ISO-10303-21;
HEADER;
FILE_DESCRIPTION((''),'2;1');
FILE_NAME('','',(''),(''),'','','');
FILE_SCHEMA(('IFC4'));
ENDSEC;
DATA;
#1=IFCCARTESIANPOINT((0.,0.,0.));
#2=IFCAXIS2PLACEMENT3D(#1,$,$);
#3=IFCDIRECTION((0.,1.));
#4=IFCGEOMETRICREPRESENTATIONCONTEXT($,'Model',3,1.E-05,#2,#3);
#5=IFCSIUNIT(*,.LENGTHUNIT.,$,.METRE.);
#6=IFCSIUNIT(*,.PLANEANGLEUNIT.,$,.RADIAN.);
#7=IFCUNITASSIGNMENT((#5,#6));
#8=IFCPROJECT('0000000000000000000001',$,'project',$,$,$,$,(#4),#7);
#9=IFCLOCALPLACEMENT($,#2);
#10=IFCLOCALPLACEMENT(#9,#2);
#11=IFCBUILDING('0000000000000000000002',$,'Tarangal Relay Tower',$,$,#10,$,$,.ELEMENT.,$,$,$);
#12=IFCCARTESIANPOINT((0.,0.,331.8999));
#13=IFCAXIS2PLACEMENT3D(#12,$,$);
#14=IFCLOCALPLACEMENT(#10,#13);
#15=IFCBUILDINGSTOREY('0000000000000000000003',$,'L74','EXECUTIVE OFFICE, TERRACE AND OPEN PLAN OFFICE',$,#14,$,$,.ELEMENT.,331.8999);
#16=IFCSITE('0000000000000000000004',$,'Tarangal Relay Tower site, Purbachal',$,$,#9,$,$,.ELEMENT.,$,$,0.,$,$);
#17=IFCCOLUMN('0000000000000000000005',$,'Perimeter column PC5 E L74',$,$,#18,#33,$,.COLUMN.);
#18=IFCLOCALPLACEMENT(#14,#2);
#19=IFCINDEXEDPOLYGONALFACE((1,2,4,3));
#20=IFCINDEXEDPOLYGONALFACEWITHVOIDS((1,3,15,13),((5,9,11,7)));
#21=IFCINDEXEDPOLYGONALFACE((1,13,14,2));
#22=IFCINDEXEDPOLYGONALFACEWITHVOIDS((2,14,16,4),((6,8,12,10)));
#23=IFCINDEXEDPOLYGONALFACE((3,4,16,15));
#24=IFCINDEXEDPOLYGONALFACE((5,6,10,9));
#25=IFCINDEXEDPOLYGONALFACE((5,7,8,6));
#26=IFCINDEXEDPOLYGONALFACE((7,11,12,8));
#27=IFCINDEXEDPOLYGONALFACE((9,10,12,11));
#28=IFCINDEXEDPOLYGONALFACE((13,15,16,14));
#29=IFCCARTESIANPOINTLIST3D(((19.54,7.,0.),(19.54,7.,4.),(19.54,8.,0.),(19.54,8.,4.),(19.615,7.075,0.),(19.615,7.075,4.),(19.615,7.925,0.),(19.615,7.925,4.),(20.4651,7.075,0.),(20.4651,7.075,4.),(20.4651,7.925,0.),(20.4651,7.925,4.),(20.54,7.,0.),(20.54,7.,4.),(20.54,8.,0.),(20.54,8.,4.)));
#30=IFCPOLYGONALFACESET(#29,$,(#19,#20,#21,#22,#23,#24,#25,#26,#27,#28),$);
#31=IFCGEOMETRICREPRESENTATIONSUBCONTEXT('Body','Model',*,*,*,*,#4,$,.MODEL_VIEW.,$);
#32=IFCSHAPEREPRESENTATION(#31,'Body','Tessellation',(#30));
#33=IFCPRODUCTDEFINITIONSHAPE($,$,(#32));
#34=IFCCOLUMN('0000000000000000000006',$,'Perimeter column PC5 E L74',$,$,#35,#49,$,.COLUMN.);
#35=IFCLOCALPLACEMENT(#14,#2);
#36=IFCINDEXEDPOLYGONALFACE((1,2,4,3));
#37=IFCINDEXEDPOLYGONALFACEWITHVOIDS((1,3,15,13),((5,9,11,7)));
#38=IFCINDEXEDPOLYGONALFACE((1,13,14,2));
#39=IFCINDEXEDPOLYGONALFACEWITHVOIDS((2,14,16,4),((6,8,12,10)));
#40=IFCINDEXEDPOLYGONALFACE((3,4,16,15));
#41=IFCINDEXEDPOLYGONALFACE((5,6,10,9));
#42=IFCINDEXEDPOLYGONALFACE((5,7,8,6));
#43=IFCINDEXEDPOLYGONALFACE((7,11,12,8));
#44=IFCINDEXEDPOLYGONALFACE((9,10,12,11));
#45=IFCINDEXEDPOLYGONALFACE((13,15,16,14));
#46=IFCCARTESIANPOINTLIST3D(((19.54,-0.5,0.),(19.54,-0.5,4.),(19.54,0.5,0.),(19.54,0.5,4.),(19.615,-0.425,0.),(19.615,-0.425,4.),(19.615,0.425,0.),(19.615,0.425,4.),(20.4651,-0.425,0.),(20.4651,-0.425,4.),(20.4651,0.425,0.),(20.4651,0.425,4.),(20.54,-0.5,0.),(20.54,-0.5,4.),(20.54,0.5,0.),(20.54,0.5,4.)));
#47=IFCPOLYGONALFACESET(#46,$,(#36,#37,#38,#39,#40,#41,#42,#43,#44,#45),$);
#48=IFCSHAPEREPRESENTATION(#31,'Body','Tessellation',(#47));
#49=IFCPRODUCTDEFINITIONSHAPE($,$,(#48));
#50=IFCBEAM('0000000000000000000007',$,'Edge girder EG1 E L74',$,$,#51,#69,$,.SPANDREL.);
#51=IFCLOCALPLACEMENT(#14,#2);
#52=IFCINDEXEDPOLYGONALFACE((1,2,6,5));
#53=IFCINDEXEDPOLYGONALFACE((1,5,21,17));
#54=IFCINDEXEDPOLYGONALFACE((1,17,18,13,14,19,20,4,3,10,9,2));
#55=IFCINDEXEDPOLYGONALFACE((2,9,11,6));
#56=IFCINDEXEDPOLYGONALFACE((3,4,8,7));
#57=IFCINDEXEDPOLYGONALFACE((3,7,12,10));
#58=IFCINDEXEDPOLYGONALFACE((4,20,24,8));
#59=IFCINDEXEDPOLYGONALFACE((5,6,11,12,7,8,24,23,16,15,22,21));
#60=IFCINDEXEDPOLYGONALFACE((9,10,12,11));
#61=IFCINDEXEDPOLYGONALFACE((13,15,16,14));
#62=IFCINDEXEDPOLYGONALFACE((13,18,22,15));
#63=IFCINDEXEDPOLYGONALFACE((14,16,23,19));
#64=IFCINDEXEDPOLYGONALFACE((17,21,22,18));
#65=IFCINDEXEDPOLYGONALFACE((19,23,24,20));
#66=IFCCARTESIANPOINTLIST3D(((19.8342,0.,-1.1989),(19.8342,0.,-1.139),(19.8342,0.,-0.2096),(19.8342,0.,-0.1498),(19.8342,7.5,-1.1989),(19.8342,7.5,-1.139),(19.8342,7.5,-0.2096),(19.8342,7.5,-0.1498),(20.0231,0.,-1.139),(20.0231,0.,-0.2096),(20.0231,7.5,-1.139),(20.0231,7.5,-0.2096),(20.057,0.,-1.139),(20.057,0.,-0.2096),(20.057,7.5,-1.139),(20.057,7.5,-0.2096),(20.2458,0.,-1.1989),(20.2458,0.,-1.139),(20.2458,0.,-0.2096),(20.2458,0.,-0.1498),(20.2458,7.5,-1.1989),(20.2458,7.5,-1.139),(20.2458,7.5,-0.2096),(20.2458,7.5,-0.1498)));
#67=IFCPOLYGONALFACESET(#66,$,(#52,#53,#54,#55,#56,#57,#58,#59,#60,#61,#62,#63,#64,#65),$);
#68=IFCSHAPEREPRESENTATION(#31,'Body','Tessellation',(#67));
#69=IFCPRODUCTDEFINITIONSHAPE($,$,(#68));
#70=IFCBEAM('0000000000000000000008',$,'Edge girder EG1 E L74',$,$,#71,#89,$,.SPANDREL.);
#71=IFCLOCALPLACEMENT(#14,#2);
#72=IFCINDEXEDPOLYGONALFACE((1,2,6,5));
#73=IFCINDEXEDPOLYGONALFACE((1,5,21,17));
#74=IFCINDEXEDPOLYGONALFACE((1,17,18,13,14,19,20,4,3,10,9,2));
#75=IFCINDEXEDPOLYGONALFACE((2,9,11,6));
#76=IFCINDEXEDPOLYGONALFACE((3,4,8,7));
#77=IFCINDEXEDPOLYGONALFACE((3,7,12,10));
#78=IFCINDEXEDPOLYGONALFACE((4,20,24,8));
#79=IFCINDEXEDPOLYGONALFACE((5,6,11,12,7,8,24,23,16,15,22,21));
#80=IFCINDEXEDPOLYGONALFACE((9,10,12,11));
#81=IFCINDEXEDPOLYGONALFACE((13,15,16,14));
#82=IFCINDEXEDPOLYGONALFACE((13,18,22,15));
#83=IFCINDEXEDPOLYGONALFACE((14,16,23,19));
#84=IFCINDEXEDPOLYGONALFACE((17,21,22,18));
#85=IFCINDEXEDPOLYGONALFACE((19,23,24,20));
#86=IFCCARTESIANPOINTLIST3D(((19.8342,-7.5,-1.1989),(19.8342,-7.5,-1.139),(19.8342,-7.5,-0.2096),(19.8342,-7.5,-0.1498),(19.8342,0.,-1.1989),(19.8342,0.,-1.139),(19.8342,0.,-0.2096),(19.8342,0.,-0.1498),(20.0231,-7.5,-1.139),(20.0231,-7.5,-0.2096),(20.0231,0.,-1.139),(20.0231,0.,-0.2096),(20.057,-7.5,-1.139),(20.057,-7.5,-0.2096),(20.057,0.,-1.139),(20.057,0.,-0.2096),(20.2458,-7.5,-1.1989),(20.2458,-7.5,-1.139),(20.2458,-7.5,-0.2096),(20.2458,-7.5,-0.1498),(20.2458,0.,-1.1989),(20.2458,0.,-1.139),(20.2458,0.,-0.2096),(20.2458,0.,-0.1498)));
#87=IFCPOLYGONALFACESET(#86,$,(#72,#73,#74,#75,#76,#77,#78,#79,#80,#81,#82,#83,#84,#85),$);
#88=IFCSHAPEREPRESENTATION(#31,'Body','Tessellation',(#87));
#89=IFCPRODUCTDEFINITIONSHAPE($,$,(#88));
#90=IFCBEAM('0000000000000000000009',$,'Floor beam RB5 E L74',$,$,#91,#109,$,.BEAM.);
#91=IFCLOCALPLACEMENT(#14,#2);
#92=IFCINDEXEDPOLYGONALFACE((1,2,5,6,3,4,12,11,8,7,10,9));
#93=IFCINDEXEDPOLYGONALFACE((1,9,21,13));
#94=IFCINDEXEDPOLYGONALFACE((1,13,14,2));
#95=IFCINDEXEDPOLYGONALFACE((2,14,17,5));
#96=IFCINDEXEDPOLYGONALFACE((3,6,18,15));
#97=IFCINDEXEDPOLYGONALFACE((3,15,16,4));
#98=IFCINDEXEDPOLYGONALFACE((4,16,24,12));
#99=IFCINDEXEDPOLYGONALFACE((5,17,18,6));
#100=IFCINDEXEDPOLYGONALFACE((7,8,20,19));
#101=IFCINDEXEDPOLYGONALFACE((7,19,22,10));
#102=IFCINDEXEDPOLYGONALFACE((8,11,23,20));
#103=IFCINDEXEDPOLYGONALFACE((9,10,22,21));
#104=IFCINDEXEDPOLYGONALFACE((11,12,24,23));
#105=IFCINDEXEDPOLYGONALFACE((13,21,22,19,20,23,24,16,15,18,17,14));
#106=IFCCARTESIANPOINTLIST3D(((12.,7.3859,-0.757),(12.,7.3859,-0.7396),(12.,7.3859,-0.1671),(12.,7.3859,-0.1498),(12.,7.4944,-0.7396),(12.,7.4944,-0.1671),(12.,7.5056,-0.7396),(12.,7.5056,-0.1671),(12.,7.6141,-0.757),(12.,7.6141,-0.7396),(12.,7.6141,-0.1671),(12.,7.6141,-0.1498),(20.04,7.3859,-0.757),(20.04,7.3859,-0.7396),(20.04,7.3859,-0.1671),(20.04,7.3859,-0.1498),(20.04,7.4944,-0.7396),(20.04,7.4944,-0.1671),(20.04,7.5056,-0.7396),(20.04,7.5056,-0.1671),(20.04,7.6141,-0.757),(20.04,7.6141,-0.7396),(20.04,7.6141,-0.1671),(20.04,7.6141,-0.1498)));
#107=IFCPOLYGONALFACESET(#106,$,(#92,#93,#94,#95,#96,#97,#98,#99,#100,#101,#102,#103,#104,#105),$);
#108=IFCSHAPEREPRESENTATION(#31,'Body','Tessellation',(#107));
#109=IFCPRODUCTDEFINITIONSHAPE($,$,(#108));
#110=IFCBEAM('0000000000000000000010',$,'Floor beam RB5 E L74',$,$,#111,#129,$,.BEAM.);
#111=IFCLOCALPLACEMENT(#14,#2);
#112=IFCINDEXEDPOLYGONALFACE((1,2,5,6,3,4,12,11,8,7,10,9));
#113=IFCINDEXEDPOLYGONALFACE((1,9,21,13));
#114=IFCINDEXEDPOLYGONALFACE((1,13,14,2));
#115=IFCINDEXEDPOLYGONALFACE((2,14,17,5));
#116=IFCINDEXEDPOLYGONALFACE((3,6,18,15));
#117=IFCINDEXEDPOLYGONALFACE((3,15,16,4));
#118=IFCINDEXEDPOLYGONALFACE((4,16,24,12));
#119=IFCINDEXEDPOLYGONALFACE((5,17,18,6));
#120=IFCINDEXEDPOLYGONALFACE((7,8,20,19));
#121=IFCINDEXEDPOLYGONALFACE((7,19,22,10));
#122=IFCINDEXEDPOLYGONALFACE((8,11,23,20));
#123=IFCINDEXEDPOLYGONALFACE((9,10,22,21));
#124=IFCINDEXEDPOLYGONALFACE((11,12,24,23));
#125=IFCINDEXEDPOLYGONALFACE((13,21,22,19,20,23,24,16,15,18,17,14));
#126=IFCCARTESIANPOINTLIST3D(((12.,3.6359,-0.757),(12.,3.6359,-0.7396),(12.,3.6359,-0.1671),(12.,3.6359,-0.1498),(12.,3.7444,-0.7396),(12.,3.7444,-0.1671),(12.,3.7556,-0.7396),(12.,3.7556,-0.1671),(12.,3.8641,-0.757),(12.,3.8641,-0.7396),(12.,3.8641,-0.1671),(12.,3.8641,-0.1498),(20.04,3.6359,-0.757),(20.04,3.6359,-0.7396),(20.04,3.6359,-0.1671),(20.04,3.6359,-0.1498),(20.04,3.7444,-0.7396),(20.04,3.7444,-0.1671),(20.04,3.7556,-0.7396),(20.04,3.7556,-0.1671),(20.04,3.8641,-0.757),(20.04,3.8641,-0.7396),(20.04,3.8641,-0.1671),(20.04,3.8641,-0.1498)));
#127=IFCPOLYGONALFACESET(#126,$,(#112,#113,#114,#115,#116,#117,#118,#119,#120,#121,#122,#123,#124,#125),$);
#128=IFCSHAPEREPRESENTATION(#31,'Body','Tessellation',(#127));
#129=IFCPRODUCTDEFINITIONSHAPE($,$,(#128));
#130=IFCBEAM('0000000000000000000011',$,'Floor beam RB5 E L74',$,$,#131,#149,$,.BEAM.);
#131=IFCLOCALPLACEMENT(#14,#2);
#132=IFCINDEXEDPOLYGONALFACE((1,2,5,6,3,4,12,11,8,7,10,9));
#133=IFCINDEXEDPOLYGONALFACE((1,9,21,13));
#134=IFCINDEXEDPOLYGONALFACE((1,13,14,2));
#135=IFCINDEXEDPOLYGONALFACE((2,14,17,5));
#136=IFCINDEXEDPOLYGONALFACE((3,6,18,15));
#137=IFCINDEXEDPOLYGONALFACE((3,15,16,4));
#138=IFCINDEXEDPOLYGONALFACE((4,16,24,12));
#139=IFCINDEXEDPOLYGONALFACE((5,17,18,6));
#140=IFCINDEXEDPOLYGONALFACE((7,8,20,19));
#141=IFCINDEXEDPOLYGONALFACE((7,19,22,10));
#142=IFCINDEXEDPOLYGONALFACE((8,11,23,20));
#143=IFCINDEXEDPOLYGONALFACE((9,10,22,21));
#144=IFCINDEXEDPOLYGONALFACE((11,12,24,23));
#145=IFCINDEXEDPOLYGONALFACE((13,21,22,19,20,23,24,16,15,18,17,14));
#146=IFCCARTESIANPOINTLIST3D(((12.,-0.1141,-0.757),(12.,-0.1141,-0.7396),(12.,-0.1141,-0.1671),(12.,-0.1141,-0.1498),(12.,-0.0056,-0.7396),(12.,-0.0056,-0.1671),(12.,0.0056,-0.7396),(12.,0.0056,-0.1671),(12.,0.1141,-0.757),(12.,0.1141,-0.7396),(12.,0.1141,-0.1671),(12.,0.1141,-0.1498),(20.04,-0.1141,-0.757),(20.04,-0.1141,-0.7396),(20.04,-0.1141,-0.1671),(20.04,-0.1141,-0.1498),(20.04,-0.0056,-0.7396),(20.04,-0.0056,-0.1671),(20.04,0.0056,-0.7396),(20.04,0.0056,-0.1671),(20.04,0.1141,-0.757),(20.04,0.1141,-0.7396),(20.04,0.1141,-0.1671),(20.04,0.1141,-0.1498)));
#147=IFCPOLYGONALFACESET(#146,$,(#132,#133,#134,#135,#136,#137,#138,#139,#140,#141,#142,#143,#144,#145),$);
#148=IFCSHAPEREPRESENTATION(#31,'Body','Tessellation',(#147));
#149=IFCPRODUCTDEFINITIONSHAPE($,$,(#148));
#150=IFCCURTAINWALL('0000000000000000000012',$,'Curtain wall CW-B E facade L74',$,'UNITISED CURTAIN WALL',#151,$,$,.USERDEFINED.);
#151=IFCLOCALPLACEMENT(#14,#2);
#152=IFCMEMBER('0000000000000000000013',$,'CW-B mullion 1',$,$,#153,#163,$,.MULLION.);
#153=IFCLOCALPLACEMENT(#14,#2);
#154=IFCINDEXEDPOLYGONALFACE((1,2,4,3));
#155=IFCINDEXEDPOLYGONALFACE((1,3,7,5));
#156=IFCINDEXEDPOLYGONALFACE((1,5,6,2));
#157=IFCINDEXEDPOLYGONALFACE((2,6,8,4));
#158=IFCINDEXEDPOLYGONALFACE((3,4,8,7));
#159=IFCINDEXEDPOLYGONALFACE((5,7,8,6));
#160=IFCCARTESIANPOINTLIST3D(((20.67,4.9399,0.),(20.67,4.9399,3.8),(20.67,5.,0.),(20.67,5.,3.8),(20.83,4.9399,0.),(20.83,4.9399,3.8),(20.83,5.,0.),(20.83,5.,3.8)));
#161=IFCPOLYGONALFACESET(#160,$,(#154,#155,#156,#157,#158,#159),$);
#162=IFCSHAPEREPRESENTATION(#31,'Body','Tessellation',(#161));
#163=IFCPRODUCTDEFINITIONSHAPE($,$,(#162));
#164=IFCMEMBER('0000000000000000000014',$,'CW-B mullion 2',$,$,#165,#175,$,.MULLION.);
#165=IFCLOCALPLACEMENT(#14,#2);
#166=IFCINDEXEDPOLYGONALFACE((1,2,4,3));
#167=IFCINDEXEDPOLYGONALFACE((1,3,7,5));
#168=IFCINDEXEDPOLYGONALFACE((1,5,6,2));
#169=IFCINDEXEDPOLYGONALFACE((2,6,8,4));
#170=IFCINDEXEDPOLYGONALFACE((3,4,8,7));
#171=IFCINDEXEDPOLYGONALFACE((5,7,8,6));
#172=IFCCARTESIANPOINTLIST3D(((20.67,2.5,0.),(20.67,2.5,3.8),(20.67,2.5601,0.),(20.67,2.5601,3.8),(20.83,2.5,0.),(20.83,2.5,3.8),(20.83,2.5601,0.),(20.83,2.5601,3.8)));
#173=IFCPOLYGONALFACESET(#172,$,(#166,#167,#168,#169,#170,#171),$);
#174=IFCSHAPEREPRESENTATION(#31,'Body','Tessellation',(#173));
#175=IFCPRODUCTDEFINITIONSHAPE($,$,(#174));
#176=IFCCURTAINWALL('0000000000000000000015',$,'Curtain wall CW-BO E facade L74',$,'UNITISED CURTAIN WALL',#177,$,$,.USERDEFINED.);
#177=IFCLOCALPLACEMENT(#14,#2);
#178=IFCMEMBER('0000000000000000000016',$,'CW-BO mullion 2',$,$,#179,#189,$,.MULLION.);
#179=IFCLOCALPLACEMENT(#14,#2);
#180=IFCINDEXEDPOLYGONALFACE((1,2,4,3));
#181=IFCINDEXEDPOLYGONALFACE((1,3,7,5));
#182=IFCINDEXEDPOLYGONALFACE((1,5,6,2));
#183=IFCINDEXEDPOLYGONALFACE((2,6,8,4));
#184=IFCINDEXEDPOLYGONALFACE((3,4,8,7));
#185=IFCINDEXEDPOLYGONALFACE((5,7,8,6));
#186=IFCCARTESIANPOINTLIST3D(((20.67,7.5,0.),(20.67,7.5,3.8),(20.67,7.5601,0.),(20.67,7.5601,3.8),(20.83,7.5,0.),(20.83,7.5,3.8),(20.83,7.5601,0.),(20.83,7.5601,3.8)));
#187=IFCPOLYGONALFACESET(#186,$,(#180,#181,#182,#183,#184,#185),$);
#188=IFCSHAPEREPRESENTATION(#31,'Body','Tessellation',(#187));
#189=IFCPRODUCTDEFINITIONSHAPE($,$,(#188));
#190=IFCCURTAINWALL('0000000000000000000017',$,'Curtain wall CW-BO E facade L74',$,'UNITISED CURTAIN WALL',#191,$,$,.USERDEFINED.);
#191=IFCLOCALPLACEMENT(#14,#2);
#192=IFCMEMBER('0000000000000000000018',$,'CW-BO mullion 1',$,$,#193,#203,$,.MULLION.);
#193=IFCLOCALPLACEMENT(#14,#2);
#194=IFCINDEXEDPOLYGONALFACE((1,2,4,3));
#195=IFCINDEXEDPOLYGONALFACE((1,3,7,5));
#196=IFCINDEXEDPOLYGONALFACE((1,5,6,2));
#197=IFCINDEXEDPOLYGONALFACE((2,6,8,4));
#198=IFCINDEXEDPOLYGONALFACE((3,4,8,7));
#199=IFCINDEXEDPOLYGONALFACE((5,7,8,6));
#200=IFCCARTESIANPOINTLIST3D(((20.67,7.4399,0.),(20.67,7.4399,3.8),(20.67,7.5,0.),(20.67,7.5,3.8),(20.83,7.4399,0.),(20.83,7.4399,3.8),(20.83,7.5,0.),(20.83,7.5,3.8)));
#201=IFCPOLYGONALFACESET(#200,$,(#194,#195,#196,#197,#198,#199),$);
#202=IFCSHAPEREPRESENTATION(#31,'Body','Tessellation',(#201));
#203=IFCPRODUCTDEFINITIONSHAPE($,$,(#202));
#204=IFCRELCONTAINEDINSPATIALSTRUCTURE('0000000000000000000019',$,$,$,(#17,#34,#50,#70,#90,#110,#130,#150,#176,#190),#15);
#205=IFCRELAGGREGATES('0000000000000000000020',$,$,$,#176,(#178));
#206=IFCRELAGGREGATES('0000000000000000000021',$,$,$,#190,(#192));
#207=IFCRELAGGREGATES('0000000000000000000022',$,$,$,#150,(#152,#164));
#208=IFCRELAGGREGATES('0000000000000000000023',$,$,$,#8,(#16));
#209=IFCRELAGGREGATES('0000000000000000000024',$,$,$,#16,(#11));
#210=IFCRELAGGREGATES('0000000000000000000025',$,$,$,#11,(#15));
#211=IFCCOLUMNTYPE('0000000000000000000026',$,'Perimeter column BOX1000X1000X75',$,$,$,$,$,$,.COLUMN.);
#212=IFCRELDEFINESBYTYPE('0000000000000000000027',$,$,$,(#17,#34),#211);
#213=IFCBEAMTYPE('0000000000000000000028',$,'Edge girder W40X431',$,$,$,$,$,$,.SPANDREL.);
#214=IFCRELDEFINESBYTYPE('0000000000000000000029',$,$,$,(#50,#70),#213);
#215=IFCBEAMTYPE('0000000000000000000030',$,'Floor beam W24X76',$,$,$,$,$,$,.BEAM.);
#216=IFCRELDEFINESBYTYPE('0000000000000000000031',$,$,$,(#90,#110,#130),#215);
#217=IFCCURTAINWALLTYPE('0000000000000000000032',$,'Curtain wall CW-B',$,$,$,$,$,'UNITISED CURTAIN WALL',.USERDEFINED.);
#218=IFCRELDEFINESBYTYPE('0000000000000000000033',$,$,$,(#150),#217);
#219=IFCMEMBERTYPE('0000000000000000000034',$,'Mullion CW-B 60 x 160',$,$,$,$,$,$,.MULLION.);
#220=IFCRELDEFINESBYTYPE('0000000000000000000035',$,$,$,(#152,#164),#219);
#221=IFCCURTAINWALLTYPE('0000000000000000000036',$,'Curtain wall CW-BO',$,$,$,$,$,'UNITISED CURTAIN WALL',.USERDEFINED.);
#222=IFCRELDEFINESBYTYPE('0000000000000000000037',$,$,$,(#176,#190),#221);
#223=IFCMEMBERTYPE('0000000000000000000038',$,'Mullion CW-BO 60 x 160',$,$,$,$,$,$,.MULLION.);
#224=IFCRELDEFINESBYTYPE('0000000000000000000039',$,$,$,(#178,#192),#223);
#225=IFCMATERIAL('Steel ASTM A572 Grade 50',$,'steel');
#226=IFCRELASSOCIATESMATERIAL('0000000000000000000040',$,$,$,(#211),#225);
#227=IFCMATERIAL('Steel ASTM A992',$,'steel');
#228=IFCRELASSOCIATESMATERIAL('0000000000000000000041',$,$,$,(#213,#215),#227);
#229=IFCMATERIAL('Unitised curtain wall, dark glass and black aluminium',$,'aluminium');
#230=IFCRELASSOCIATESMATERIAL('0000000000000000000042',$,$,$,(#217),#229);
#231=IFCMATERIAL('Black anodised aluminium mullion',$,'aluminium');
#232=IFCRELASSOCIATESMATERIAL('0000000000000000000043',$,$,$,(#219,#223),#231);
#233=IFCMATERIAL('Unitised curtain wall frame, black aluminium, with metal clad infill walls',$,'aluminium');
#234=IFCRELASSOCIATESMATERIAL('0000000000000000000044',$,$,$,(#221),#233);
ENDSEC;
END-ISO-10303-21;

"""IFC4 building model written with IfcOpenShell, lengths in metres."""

from ifc_helpers import new_model, si_unit, direction, frame, origin, origin_2d, place, context, subcontext, project, spatial, rectangle, hollow_rectangle, i_section, extrude, material, material_profile, profile_set, type_object, element, aggregate, save


model = new_model("IFC4")

# Units and contexts
model_context = context("Model", 3, precision=1e-05, world=origin(), true_north=direction((0.0, 1.0)))
body_context = subcontext(model_context, "Body", "Model", "MODEL_VIEW")
ifc_project = project(units=[si_unit("LENGTHUNIT", "METRE"), si_unit("PLANEANGLEUNIT", "RADIAN")], contexts=[model_context])

# Site, building, storey
site_placement = place(None, origin())
site = spatial("IfcSite", under=ifc_project, at=site_placement, Name="Tarangal Relay Tower site, Purbachal", CompositionType="ELEMENT", RefElevation=0.0)
building_placement = place(site_placement, origin())
building = spatial("IfcBuilding", under=site, at=building_placement, Name="Tarangal Relay Tower", CompositionType="ELEMENT")
storey_placement = place(building_placement, frame((0.0, 0.0, 331.8999)))
storey = spatial("IfcBuildingStorey", under=building, at=storey_placement, Name="L74", Description="EXECUTIVE OFFICE, TERRACE AND OPEN PLAN OFFICE", CompositionType="ELEMENT", Elevation=331.8999)

# Columns
ifc_material_1 = material(Name="Steel ASTM A572 Grade 50", Category="steel")
ifc_material_profile_1 = material_profile(ifc_material_1, hollow_rectangle(XDim=1.0, YDim=1.0, WallThickness=0.075, at=origin_2d()), Name="BOX1000X1000X75")
ifc_profile_set_1 = profile_set([ifc_material_profile_1], Name="Steel ASTM A572 Grade 50")
column_type = type_object("IfcColumnType", Name="Perimeter column BOX1000X1000X75", PredefinedType="COLUMN", material=ifc_profile_set_1)
for number, where, z_axis, x_axis, name in (
    (1, (20.04, 7.5, 0.0), (0.0, 0.0, 1.0), (1.0, 0.0, 0.0), "Perimeter column PC5 E L74"),
    (2, (20.04, 0.0, 0.0), (0.0, 0.0, 1.0), (1.0, 0.0, 0.0), "Perimeter column PC5 E L74"),
):
    element("IfcColumn", number, at=place(storey_placement, frame(where, z_axis=z_axis, x_axis=x_axis)), inside=storey, type_object=column_type, Name=name, PredefinedType="COLUMN", context=body_context, shape_type="SweptSolid", body=[
        extrude(hollow_rectangle(XDim=1.0, YDim=1.0, WallThickness=0.075, at=origin_2d()), origin(), (0.0, 0.0, 1.0), 4.0),
    ])

# Beams
ifc_material_2 = material(Name="Steel ASTM A992", Category="steel")
ifc_material_profile_2 = material_profile(ifc_material_2, i_section(OverallWidth=0.4116, OverallDepth=1.0491, WebThickness=0.0339, FlangeThickness=0.0598, at=origin_2d()), Name="W40X431")
ifc_profile_set_2 = profile_set([ifc_material_profile_2], Name="Steel ASTM A992")
beam_type_1 = type_object("IfcBeamType", Name="Edge girder W40X431", PredefinedType="SPANDREL", material=ifc_profile_set_2)
for number, where, z_axis, x_axis, name in (
    (3, (20.04, 7.5, -0.6743), (0.0, -1.0, 0.0), (1.0, 0.0, 0.0), "Edge girder EG1 E L74"),
    (4, (20.04, 0.0, -0.6743), (0.0, -1.0, 0.0), (1.0, 0.0, 0.0), "Edge girder EG1 E L74"),
):
    element("IfcBeam", number, at=place(storey_placement, frame(where, z_axis=z_axis, x_axis=x_axis)), inside=storey, type_object=beam_type_1, Name=name, PredefinedType="SPANDREL", context=body_context, shape_type="SweptSolid", body=[
        extrude(i_section(OverallWidth=0.4116, OverallDepth=1.0491, WebThickness=0.0339, FlangeThickness=0.0598, at=origin_2d()), origin(), (0.0, 0.0, 1.0), 7.5),
    ])
ifc_material_profile_3 = material_profile(ifc_material_2, i_section(OverallWidth=0.2283, OverallDepth=0.6072, WebThickness=0.0112, FlangeThickness=0.0173, at=origin_2d()), Name="W24X76")
ifc_profile_set_3 = profile_set([ifc_material_profile_3], Name="Steel ASTM A992")
beam_type_2 = type_object("IfcBeamType", Name="Floor beam W24X76", PredefinedType="BEAM", material=ifc_profile_set_3)
for number, where, z_axis, x_axis, name in (
    (5, (12.0, 7.5, -0.4534), (1.0, 0.0, 0.0), (0.0, 1.0, 0.0), "Floor beam RB5 E L74"),
    (6, (12.0, 3.75, -0.4534), (1.0, 0.0, 0.0), (0.0, 1.0, 0.0), "Floor beam RB5 E L74"),
    (7, (12.0, 0.0, -0.4534), (1.0, 0.0, 0.0), (0.0, 1.0, 0.0), "Floor beam RB5 E L74"),
):
    element("IfcBeam", number, at=place(storey_placement, frame(where, z_axis=z_axis, x_axis=x_axis)), inside=storey, type_object=beam_type_2, Name=name, PredefinedType="BEAM", context=body_context, shape_type="SweptSolid", body=[
        extrude(i_section(OverallWidth=0.2283, OverallDepth=0.6072, WebThickness=0.0112, FlangeThickness=0.0173, at=origin_2d()), origin(), (0.0, 0.0, 1.0), 8.04),
    ])

# Curtain wall, members
ifc_material_3 = material(Name="Unitised curtain wall, dark glass and black aluminium", Category="aluminium")
curtain_wall_type_1 = type_object("IfcCurtainWallType", Name="Curtain wall CW-B", ElementType="UNITISED CURTAIN WALL", PredefinedType="USERDEFINED", material=ifc_material_3)
curtain_wall_1_placement = place(storey_placement, origin())
curtain_wall_1 = element("IfcCurtainWall", 8, at=curtain_wall_1_placement, inside=storey, type_object=curtain_wall_type_1, Name="Curtain wall CW-B E facade L74", ObjectType="UNITISED CURTAIN WALL", PredefinedType="USERDEFINED")
ifc_material_4 = material(Name="Black anodised aluminium mullion", Category="aluminium")
ifc_material_profile_4 = material_profile(ifc_material_4, rectangle(XDim=0.1599, YDim=0.0601, at=origin_2d()), Name="CW-BM 60X160")
ifc_profile_set_4 = profile_set([ifc_material_profile_4], Name="Black anodised aluminium mullion")
member_type_1 = type_object("IfcMemberType", Name="Mullion CW-B 60 x 160", PredefinedType="MULLION", material=ifc_profile_set_4)
member_1_placement = place(storey_placement, frame((20.75, 4.97, 0.0), z_axis=(0.0, 0.0, 1.0), x_axis=(1.0, 0.0, 0.0)))
member_1 = element("IfcMember", 9, at=member_1_placement, type_object=member_type_1, Name="CW-B mullion 1", PredefinedType="MULLION", context=body_context, shape_type="SweptSolid", body=[
    extrude(rectangle(XDim=0.1599, YDim=0.0601, at=origin_2d()), origin(), (0.0, 0.0, 1.0), 3.8),
])
member_2_placement = place(storey_placement, frame((20.75, 2.53, 0.0), z_axis=(0.0, 0.0, 1.0), x_axis=(1.0, 0.0, 0.0)))
member_2 = element("IfcMember", 10, at=member_2_placement, type_object=member_type_1, Name="CW-B mullion 2", PredefinedType="MULLION", context=body_context, shape_type="SweptSolid", body=[
    extrude(rectangle(XDim=0.1599, YDim=0.0601, at=origin_2d()), origin(), (0.0, 0.0, 1.0), 3.8),
])

# Curtain wall, member
ifc_material_5 = material(Name="Unitised curtain wall frame, black aluminium, with metal clad infill walls", Category="aluminium")
curtain_wall_type_2 = type_object("IfcCurtainWallType", Name="Curtain wall CW-BO", ElementType="UNITISED CURTAIN WALL", PredefinedType="USERDEFINED", material=ifc_material_5)
curtain_wall_2_placement = place(storey_placement, origin())
curtain_wall_2 = element("IfcCurtainWall", 11, at=curtain_wall_2_placement, inside=storey, type_object=curtain_wall_type_2, Name="Curtain wall CW-BO E facade L74", ObjectType="UNITISED CURTAIN WALL", PredefinedType="USERDEFINED")
ifc_material_profile_5 = material_profile(ifc_material_4, rectangle(XDim=0.1599, YDim=0.0601, at=origin_2d()), Name="CW-BOM 60X160")
ifc_profile_set_5 = profile_set([ifc_material_profile_5], Name="Black anodised aluminium mullion")
member_type_2 = type_object("IfcMemberType", Name="Mullion CW-BO 60 x 160", PredefinedType="MULLION", material=ifc_profile_set_5)
member_3_placement = place(storey_placement, frame((20.75, 7.53, 0.0), z_axis=(0.0, 0.0, 1.0), x_axis=(1.0, 0.0, 0.0)))
member_3 = element("IfcMember", 12, at=member_3_placement, type_object=member_type_2, Name="CW-BO mullion 2", PredefinedType="MULLION", context=body_context, shape_type="SweptSolid", body=[
    extrude(rectangle(XDim=0.1599, YDim=0.0601, at=origin_2d()), origin(), (0.0, 0.0, 1.0), 3.8),
])

# Curtain wall, member
curtain_wall_3_placement = place(storey_placement, origin())
curtain_wall_3 = element("IfcCurtainWall", 13, at=curtain_wall_3_placement, inside=storey, type_object=curtain_wall_type_2, Name="Curtain wall CW-BO E facade L74", ObjectType="UNITISED CURTAIN WALL", PredefinedType="USERDEFINED")
member_4_placement = place(storey_placement, frame((20.75, 7.47, 0.0), z_axis=(0.0, 0.0, 1.0), x_axis=(1.0, 0.0, 0.0)))
member_4 = element("IfcMember", 14, at=member_4_placement, type_object=member_type_2, Name="CW-BO mullion 1", PredefinedType="MULLION", context=body_context, shape_type="SweptSolid", body=[
    extrude(rectangle(XDim=0.1599, YDim=0.0601, at=origin_2d()), origin(), (0.0, 0.0, 1.0), 3.8),
])

aggregate(curtain_wall_2, [member_3])
aggregate(curtain_wall_3, [member_4])

aggregate(curtain_wall_1, [member_1, member_2])

save(model, "model.ifc")
